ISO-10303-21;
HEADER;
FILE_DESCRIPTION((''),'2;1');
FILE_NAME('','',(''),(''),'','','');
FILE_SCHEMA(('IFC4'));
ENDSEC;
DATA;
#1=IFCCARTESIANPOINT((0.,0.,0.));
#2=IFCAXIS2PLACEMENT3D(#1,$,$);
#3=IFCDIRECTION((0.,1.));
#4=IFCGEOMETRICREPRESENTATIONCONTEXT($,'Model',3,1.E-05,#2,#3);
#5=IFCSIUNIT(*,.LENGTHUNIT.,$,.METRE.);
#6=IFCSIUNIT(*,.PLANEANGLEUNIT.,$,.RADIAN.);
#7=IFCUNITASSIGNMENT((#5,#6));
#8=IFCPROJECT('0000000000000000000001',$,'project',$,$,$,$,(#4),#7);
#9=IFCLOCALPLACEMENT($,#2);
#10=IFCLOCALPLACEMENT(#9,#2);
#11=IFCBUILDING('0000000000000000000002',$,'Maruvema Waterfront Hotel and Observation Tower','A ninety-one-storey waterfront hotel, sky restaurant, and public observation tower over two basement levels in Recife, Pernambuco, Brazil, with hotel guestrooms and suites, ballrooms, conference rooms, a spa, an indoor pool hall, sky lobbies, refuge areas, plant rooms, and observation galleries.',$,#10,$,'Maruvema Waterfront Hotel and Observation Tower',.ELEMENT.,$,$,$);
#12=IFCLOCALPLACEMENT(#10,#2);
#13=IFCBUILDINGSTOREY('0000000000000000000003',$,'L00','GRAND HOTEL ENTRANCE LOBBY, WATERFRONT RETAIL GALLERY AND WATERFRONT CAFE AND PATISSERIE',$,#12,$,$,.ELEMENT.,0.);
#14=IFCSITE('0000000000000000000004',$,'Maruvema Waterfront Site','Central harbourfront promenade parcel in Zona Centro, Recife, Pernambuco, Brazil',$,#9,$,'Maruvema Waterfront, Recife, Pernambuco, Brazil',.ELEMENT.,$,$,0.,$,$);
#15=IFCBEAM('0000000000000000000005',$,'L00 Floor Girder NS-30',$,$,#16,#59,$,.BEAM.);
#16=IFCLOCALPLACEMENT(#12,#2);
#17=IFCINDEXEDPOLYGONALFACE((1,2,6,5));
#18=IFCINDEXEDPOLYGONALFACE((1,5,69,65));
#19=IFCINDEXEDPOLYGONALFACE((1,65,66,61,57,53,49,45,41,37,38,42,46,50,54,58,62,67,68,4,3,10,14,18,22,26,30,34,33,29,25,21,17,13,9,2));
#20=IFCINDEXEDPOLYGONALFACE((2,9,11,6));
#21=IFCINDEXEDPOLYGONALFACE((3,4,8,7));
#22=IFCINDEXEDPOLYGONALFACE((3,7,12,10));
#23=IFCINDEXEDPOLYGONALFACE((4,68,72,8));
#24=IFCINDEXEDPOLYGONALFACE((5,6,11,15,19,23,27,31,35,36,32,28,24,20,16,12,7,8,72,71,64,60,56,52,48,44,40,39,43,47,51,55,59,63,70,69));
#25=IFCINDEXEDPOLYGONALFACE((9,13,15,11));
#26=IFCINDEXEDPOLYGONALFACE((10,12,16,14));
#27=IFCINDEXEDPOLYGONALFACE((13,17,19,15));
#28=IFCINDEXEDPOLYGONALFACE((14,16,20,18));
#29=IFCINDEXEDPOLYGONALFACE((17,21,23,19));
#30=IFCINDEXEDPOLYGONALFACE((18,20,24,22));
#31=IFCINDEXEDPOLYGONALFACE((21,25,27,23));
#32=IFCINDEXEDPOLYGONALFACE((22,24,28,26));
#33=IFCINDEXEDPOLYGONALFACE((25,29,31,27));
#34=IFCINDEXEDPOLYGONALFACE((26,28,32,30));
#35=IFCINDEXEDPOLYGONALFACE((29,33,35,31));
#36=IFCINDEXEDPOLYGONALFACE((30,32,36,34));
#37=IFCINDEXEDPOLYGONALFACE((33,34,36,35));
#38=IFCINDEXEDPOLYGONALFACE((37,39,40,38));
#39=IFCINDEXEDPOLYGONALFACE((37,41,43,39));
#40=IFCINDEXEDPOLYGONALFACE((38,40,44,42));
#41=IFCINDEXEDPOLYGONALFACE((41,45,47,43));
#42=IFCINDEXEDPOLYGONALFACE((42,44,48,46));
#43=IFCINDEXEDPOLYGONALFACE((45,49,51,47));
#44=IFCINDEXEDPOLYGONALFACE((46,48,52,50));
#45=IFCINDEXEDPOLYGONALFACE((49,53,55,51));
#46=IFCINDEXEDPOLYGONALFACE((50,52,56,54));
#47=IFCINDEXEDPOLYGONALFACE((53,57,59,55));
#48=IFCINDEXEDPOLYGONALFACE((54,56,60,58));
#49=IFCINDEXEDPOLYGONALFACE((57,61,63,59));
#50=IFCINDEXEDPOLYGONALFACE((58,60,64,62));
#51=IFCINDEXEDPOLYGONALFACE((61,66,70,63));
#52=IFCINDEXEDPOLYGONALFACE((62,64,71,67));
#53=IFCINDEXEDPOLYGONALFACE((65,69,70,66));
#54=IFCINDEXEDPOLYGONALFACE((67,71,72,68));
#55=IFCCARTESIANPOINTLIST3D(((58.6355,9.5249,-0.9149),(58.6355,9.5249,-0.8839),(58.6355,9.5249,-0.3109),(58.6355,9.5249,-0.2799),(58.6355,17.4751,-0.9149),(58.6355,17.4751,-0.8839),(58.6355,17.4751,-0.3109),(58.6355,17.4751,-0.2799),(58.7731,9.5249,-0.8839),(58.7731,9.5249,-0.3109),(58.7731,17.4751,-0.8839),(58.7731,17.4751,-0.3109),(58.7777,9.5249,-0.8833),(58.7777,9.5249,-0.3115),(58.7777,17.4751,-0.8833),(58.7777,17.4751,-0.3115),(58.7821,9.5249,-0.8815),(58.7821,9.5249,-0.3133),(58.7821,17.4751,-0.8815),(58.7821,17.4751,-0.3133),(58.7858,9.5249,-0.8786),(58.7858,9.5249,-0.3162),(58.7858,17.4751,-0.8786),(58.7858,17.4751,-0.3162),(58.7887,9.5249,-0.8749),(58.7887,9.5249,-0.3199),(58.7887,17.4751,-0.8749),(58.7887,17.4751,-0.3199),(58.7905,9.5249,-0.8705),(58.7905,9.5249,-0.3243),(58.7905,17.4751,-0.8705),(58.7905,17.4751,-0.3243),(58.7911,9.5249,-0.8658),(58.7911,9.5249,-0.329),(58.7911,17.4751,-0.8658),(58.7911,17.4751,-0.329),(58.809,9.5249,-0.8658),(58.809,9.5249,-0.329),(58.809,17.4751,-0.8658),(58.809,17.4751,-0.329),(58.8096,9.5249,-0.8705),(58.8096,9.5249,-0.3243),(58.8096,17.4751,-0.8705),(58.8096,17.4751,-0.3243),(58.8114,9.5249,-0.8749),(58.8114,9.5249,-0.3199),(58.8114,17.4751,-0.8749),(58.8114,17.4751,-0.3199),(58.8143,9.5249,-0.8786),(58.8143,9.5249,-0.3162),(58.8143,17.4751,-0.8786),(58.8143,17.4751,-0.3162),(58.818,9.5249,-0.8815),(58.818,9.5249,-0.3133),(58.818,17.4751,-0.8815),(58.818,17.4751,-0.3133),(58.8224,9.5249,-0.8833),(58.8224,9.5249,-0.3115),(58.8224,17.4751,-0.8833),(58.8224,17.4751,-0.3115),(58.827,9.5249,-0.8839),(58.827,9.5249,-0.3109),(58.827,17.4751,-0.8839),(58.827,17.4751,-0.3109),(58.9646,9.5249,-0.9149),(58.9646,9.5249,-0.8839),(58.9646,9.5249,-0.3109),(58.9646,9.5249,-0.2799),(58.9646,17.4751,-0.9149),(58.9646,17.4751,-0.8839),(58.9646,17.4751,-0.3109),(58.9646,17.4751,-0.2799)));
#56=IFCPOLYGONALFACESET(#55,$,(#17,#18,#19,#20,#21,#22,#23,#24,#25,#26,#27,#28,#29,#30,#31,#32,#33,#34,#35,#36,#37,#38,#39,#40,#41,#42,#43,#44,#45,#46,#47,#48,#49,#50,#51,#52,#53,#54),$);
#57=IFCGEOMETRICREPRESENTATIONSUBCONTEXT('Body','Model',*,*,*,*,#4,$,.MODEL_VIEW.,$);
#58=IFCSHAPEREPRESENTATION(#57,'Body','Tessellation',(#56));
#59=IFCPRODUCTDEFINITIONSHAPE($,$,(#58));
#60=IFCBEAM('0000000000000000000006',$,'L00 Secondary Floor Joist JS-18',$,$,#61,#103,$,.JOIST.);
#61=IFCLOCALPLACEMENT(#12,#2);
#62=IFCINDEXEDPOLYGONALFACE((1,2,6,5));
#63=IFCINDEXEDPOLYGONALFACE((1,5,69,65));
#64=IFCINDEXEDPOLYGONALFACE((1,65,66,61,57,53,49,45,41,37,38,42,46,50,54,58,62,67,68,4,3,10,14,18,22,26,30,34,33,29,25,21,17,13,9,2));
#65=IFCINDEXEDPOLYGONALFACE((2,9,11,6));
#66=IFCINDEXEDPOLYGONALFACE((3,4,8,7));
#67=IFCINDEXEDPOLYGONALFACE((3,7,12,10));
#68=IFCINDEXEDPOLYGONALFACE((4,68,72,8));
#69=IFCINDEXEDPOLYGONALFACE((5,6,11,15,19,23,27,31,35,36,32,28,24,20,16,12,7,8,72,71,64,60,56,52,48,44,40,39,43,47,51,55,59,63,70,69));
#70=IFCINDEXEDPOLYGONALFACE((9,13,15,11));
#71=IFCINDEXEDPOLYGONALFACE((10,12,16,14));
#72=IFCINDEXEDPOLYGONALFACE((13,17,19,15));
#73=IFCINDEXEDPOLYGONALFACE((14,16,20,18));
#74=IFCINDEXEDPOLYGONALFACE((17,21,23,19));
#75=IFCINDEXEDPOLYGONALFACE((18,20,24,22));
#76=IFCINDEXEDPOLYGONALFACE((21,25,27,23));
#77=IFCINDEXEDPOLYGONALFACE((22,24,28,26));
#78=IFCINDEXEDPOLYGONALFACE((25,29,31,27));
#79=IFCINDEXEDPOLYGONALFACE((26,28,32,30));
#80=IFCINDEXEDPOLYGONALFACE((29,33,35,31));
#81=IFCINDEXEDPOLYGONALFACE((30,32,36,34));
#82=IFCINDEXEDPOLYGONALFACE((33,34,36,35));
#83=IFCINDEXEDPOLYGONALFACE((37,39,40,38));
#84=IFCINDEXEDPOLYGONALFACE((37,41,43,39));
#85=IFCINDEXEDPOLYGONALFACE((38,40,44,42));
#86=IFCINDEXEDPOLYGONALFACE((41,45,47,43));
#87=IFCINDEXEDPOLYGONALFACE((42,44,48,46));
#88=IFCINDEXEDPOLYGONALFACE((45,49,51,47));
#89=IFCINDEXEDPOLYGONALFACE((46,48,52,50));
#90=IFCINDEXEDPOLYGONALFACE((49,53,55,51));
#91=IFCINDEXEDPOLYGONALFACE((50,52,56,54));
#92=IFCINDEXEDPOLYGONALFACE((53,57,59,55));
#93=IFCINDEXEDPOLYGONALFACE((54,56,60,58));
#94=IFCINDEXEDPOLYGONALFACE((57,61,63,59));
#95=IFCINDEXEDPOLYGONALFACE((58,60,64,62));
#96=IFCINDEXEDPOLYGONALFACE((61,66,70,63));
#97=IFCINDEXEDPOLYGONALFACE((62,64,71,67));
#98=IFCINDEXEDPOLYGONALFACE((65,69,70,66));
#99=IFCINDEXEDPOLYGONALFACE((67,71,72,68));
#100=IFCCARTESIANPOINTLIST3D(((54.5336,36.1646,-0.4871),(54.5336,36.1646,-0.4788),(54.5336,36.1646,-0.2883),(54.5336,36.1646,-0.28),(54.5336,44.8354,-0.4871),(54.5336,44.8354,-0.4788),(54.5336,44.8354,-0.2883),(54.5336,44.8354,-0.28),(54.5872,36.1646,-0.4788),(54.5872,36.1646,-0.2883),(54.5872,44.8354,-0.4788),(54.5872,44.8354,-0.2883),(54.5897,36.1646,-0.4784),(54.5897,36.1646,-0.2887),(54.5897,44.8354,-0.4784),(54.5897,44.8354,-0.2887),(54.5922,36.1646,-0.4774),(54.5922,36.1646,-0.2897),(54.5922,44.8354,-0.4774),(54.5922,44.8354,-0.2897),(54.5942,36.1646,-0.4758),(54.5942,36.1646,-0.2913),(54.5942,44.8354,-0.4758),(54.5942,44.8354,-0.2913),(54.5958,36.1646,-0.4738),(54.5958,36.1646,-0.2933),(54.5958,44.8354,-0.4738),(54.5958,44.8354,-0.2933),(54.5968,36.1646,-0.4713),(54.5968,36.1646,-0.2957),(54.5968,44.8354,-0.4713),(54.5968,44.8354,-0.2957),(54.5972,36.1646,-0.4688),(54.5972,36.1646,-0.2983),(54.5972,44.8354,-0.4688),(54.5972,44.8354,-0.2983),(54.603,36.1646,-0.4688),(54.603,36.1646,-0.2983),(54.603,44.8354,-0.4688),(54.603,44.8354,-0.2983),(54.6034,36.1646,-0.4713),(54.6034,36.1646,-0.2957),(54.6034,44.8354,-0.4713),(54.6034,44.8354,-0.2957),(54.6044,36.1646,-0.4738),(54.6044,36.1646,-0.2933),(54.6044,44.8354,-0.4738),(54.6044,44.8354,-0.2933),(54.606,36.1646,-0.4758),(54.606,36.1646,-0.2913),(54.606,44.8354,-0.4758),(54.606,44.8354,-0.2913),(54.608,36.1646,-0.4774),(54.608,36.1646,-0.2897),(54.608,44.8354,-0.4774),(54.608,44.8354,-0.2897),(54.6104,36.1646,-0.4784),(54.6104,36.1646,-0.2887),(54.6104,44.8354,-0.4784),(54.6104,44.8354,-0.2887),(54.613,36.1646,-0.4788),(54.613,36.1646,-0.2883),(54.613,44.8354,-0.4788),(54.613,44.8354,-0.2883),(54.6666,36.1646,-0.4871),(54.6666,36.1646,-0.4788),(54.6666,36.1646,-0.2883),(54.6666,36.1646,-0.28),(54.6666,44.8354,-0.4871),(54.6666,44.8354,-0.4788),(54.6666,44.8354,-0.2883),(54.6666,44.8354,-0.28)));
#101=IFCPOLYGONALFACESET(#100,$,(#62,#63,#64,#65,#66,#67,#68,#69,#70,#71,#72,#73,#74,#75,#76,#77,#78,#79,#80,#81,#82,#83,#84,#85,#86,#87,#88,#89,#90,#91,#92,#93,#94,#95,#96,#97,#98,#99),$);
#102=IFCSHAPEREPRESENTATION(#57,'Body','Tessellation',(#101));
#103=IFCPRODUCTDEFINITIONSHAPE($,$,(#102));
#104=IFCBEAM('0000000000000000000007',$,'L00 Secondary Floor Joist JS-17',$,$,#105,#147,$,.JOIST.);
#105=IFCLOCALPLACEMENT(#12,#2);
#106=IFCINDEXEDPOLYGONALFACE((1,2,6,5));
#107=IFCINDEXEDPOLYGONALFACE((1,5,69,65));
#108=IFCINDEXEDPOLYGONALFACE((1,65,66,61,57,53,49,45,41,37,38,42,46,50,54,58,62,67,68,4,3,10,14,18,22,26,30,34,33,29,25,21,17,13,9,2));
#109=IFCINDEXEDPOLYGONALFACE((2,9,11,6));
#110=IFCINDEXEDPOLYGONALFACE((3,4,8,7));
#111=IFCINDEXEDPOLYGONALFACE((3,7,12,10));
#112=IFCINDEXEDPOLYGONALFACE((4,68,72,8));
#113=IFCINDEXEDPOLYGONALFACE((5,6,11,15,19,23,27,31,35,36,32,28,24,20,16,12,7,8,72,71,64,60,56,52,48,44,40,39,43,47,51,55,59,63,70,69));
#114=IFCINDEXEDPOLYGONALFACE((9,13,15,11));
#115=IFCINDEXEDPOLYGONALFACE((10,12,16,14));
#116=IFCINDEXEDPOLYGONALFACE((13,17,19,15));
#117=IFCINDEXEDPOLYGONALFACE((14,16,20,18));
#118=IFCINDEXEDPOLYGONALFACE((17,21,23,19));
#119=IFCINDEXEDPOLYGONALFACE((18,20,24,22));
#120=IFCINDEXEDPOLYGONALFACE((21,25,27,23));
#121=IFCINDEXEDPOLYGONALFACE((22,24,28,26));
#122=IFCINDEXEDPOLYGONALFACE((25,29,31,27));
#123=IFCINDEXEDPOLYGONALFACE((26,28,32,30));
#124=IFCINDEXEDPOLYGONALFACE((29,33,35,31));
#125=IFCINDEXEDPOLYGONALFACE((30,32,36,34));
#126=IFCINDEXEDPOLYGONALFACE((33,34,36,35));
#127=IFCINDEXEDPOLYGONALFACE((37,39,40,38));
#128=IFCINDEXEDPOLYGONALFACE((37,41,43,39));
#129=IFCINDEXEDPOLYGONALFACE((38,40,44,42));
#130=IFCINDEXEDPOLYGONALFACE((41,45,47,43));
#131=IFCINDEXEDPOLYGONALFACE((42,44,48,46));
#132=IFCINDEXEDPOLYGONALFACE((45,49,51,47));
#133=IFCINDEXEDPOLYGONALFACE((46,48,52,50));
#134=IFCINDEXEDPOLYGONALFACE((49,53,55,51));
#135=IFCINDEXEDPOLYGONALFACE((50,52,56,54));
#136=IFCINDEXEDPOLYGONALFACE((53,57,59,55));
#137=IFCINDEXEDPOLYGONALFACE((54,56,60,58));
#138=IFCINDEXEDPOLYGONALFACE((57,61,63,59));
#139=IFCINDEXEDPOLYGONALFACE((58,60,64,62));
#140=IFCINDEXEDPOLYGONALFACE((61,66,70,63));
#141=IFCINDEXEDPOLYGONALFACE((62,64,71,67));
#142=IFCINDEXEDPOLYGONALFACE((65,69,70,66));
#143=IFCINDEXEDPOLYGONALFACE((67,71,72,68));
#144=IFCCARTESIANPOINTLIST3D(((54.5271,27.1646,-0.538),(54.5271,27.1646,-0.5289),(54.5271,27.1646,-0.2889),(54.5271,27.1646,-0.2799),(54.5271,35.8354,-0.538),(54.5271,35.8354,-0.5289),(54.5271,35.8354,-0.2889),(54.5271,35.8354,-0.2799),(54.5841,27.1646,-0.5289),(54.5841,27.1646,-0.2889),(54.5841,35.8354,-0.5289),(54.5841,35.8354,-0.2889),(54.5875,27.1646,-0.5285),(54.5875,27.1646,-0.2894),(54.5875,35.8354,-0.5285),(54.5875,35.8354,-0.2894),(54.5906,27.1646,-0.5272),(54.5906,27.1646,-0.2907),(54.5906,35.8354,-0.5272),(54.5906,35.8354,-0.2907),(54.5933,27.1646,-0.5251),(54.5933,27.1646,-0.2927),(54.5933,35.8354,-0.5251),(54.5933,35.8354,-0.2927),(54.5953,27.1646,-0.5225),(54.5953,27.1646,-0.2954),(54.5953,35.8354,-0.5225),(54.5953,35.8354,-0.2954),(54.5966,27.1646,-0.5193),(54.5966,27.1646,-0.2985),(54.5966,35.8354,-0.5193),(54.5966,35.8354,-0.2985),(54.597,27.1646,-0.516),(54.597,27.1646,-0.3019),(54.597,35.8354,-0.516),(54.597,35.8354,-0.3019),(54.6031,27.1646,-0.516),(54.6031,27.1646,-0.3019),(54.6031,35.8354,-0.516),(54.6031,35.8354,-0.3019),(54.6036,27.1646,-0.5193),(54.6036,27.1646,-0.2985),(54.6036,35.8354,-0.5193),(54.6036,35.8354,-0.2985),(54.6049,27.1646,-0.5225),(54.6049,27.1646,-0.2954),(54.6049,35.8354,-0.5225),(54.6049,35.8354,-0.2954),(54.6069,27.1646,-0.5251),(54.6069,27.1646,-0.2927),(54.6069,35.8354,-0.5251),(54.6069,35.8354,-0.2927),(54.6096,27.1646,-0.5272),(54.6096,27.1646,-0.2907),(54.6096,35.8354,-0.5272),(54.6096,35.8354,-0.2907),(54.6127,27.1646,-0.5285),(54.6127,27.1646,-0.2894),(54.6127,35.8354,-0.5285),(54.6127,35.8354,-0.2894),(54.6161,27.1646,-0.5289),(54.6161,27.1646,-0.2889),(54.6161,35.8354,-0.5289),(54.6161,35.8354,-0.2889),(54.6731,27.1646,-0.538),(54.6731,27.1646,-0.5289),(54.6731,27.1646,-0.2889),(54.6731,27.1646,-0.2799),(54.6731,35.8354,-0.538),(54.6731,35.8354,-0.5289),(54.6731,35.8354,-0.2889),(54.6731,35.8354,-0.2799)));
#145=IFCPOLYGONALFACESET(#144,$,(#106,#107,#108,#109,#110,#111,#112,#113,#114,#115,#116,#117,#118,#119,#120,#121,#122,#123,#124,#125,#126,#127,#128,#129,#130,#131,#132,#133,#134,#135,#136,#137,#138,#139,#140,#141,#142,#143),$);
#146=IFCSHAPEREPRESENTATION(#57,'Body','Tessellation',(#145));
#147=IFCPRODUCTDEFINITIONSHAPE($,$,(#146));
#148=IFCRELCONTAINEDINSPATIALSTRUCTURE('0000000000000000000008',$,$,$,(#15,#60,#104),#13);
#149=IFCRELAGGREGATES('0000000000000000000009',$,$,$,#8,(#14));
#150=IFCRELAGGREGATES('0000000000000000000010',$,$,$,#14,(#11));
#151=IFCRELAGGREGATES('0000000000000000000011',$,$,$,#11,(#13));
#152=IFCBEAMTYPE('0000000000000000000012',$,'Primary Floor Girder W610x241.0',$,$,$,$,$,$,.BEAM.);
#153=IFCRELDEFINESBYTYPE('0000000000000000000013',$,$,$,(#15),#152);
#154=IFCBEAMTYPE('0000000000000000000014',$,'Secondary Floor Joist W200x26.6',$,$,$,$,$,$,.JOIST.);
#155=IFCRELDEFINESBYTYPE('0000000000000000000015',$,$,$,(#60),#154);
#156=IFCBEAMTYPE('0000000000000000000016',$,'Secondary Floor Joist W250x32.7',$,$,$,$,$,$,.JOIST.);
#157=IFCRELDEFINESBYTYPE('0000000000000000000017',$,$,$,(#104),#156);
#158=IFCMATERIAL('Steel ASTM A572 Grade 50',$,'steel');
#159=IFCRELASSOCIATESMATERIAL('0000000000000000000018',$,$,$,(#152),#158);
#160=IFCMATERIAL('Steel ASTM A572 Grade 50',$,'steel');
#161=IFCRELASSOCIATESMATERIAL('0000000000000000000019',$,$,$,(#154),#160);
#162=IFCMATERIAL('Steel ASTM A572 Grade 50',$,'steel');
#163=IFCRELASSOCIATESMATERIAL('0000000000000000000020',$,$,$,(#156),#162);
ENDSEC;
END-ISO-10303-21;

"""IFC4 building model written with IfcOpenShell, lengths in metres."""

from ifc_helpers import new_model, si_unit, direction, frame, origin, origin_2d, place, context, subcontext, project, spatial, i_section, extrude, material, material_profile, profile_set, type_object, element, save


model = new_model("IFC4")

# Units and contexts
model_context = context("Model", 3, precision=1e-05, world=origin(), true_north=direction((0.0, 1.0)))
body_context = subcontext(model_context, "Body", "Model", "MODEL_VIEW")
ifc_project = project(units=[si_unit("LENGTHUNIT", "METRE"), si_unit("PLANEANGLEUNIT", "RADIAN")], contexts=[model_context])

# Site, building, storey
site_placement = place(None, origin())
site = spatial("IfcSite", under=ifc_project, at=site_placement, Name="Maruvema Waterfront Site", Description="Central harbourfront promenade parcel in Zona Centro, Recife, Pernambuco, Brazil", LongName="Maruvema Waterfront, Recife, Pernambuco, Brazil", CompositionType="ELEMENT", RefElevation=0.0)
building_placement = place(site_placement, origin())
building = spatial("IfcBuilding", under=site, at=building_placement, Name="Maruvema Waterfront Hotel and Observation Tower", Description="A ninety-one-storey waterfront hotel, sky restaurant, and public observation tower over two basement levels in Recife, Pernambuco, Brazil, with hotel guestrooms and suites, ballrooms, conference rooms, a spa, an indoor pool hall, sky lobbies, refuge areas, plant rooms, and observation galleries.", LongName="Maruvema Waterfront Hotel and Observation Tower", CompositionType="ELEMENT")
storey_placement = place(building_placement, origin())
storey = spatial("IfcBuildingStorey", under=building, at=storey_placement, Name="L00", Description="GRAND HOTEL ENTRANCE LOBBY, WATERFRONT RETAIL GALLERY AND WATERFRONT CAFE AND PATISSERIE", CompositionType="ELEMENT", Elevation=0.0)

# Beams
ifc_material_1 = material(Name="Steel ASTM A572 Grade 50", Category="steel")
ifc_material_profile_1 = material_profile(ifc_material_1, i_section(OverallWidth=0.3291, OverallDepth=0.635, WebThickness=0.0178, FlangeThickness=0.031, FilletRadius=0.0181, at=origin_2d()), Name="W610x241.0")
ifc_profile_set_1 = profile_set([ifc_material_profile_1], Name="Steel ASTM A572 Grade 50")
beam_type_1 = type_object("IfcBeamType", Name="Primary Floor Girder W610x241.0", PredefinedType="BEAM", material=ifc_profile_set_1)
beam_1_placement = place(storey_placement, frame((58.8, 9.5249, -0.5974), z_axis=(0.0, 1.0, 0.0), x_axis=(-1.0, 0.0, 0.0)))
element("IfcBeam", 1, at=beam_1_placement, inside=storey, type_object=beam_type_1, Name="L00 Floor Girder NS-30", PredefinedType="BEAM", context=body_context, shape_type="SweptSolid", body=[
    extrude(i_section(OverallWidth=0.3291, OverallDepth=0.635, WebThickness=0.0178, FlangeThickness=0.031, FilletRadius=0.0181, at=origin_2d()), origin(), (0.0, 0.0, 1.0), 7.9502),
])
ifc_material_2 = material(Name="Steel ASTM A572 Grade 50", Category="steel")
ifc_material_profile_2 = material_profile(ifc_material_2, i_section(OverallWidth=0.1331, OverallDepth=0.207, WebThickness=0.0059, FlangeThickness=0.0083, FilletRadius=0.01, at=origin_2d()), Name="W200x26.6")
ifc_profile_set_2 = profile_set([ifc_material_profile_2], Name="Steel ASTM A572 Grade 50")
beam_type_2 = type_object("IfcBeamType", Name="Secondary Floor Joist W200x26.6", PredefinedType="JOIST", material=ifc_profile_set_2)
beam_2_placement = place(storey_placement, frame((54.6001, 36.1646, -0.3835), z_axis=(0.0, 1.0, 0.0), x_axis=(-1.0, 0.0, 0.0)))
element("IfcBeam", 2, at=beam_2_placement, inside=storey, type_object=beam_type_2, Name="L00 Secondary Floor Joist JS-18", PredefinedType="JOIST", context=body_context, shape_type="SweptSolid", body=[
    extrude(i_section(OverallWidth=0.1331, OverallDepth=0.207, WebThickness=0.0059, FlangeThickness=0.0083, FilletRadius=0.01, at=origin_2d()), origin(), (0.0, 0.0, 1.0), 8.6709),
])
ifc_material_3 = material(Name="Steel ASTM A572 Grade 50", Category="steel")
ifc_material_profile_3 = material_profile(ifc_material_3, i_section(OverallWidth=0.146, OverallDepth=0.2581, WebThickness=0.0061, FlangeThickness=0.009, FilletRadius=0.0129, at=origin_2d()), Name="W250x32.7")
ifc_profile_set_3 = profile_set([ifc_material_profile_3], Name="Steel ASTM A572 Grade 50")
beam_type_3 = type_object("IfcBeamType", Name="Secondary Floor Joist W250x32.7", PredefinedType="JOIST", material=ifc_profile_set_3)
beam_3_placement = place(storey_placement, frame((54.6001, 27.1646, -0.4089), z_axis=(0.0, 1.0, 0.0), x_axis=(-1.0, 0.0, 0.0)))
element("IfcBeam", 3, at=beam_3_placement, inside=storey, type_object=beam_type_3, Name="L00 Secondary Floor Joist JS-17", PredefinedType="JOIST", context=body_context, shape_type="SweptSolid", body=[
    extrude(i_section(OverallWidth=0.146, OverallDepth=0.2581, WebThickness=0.0061, FlangeThickness=0.009, FilletRadius=0.0129, at=origin_2d()), origin(), (0.0, 0.0, 1.0), 8.6709),
])

save(model, "model.ifc")
